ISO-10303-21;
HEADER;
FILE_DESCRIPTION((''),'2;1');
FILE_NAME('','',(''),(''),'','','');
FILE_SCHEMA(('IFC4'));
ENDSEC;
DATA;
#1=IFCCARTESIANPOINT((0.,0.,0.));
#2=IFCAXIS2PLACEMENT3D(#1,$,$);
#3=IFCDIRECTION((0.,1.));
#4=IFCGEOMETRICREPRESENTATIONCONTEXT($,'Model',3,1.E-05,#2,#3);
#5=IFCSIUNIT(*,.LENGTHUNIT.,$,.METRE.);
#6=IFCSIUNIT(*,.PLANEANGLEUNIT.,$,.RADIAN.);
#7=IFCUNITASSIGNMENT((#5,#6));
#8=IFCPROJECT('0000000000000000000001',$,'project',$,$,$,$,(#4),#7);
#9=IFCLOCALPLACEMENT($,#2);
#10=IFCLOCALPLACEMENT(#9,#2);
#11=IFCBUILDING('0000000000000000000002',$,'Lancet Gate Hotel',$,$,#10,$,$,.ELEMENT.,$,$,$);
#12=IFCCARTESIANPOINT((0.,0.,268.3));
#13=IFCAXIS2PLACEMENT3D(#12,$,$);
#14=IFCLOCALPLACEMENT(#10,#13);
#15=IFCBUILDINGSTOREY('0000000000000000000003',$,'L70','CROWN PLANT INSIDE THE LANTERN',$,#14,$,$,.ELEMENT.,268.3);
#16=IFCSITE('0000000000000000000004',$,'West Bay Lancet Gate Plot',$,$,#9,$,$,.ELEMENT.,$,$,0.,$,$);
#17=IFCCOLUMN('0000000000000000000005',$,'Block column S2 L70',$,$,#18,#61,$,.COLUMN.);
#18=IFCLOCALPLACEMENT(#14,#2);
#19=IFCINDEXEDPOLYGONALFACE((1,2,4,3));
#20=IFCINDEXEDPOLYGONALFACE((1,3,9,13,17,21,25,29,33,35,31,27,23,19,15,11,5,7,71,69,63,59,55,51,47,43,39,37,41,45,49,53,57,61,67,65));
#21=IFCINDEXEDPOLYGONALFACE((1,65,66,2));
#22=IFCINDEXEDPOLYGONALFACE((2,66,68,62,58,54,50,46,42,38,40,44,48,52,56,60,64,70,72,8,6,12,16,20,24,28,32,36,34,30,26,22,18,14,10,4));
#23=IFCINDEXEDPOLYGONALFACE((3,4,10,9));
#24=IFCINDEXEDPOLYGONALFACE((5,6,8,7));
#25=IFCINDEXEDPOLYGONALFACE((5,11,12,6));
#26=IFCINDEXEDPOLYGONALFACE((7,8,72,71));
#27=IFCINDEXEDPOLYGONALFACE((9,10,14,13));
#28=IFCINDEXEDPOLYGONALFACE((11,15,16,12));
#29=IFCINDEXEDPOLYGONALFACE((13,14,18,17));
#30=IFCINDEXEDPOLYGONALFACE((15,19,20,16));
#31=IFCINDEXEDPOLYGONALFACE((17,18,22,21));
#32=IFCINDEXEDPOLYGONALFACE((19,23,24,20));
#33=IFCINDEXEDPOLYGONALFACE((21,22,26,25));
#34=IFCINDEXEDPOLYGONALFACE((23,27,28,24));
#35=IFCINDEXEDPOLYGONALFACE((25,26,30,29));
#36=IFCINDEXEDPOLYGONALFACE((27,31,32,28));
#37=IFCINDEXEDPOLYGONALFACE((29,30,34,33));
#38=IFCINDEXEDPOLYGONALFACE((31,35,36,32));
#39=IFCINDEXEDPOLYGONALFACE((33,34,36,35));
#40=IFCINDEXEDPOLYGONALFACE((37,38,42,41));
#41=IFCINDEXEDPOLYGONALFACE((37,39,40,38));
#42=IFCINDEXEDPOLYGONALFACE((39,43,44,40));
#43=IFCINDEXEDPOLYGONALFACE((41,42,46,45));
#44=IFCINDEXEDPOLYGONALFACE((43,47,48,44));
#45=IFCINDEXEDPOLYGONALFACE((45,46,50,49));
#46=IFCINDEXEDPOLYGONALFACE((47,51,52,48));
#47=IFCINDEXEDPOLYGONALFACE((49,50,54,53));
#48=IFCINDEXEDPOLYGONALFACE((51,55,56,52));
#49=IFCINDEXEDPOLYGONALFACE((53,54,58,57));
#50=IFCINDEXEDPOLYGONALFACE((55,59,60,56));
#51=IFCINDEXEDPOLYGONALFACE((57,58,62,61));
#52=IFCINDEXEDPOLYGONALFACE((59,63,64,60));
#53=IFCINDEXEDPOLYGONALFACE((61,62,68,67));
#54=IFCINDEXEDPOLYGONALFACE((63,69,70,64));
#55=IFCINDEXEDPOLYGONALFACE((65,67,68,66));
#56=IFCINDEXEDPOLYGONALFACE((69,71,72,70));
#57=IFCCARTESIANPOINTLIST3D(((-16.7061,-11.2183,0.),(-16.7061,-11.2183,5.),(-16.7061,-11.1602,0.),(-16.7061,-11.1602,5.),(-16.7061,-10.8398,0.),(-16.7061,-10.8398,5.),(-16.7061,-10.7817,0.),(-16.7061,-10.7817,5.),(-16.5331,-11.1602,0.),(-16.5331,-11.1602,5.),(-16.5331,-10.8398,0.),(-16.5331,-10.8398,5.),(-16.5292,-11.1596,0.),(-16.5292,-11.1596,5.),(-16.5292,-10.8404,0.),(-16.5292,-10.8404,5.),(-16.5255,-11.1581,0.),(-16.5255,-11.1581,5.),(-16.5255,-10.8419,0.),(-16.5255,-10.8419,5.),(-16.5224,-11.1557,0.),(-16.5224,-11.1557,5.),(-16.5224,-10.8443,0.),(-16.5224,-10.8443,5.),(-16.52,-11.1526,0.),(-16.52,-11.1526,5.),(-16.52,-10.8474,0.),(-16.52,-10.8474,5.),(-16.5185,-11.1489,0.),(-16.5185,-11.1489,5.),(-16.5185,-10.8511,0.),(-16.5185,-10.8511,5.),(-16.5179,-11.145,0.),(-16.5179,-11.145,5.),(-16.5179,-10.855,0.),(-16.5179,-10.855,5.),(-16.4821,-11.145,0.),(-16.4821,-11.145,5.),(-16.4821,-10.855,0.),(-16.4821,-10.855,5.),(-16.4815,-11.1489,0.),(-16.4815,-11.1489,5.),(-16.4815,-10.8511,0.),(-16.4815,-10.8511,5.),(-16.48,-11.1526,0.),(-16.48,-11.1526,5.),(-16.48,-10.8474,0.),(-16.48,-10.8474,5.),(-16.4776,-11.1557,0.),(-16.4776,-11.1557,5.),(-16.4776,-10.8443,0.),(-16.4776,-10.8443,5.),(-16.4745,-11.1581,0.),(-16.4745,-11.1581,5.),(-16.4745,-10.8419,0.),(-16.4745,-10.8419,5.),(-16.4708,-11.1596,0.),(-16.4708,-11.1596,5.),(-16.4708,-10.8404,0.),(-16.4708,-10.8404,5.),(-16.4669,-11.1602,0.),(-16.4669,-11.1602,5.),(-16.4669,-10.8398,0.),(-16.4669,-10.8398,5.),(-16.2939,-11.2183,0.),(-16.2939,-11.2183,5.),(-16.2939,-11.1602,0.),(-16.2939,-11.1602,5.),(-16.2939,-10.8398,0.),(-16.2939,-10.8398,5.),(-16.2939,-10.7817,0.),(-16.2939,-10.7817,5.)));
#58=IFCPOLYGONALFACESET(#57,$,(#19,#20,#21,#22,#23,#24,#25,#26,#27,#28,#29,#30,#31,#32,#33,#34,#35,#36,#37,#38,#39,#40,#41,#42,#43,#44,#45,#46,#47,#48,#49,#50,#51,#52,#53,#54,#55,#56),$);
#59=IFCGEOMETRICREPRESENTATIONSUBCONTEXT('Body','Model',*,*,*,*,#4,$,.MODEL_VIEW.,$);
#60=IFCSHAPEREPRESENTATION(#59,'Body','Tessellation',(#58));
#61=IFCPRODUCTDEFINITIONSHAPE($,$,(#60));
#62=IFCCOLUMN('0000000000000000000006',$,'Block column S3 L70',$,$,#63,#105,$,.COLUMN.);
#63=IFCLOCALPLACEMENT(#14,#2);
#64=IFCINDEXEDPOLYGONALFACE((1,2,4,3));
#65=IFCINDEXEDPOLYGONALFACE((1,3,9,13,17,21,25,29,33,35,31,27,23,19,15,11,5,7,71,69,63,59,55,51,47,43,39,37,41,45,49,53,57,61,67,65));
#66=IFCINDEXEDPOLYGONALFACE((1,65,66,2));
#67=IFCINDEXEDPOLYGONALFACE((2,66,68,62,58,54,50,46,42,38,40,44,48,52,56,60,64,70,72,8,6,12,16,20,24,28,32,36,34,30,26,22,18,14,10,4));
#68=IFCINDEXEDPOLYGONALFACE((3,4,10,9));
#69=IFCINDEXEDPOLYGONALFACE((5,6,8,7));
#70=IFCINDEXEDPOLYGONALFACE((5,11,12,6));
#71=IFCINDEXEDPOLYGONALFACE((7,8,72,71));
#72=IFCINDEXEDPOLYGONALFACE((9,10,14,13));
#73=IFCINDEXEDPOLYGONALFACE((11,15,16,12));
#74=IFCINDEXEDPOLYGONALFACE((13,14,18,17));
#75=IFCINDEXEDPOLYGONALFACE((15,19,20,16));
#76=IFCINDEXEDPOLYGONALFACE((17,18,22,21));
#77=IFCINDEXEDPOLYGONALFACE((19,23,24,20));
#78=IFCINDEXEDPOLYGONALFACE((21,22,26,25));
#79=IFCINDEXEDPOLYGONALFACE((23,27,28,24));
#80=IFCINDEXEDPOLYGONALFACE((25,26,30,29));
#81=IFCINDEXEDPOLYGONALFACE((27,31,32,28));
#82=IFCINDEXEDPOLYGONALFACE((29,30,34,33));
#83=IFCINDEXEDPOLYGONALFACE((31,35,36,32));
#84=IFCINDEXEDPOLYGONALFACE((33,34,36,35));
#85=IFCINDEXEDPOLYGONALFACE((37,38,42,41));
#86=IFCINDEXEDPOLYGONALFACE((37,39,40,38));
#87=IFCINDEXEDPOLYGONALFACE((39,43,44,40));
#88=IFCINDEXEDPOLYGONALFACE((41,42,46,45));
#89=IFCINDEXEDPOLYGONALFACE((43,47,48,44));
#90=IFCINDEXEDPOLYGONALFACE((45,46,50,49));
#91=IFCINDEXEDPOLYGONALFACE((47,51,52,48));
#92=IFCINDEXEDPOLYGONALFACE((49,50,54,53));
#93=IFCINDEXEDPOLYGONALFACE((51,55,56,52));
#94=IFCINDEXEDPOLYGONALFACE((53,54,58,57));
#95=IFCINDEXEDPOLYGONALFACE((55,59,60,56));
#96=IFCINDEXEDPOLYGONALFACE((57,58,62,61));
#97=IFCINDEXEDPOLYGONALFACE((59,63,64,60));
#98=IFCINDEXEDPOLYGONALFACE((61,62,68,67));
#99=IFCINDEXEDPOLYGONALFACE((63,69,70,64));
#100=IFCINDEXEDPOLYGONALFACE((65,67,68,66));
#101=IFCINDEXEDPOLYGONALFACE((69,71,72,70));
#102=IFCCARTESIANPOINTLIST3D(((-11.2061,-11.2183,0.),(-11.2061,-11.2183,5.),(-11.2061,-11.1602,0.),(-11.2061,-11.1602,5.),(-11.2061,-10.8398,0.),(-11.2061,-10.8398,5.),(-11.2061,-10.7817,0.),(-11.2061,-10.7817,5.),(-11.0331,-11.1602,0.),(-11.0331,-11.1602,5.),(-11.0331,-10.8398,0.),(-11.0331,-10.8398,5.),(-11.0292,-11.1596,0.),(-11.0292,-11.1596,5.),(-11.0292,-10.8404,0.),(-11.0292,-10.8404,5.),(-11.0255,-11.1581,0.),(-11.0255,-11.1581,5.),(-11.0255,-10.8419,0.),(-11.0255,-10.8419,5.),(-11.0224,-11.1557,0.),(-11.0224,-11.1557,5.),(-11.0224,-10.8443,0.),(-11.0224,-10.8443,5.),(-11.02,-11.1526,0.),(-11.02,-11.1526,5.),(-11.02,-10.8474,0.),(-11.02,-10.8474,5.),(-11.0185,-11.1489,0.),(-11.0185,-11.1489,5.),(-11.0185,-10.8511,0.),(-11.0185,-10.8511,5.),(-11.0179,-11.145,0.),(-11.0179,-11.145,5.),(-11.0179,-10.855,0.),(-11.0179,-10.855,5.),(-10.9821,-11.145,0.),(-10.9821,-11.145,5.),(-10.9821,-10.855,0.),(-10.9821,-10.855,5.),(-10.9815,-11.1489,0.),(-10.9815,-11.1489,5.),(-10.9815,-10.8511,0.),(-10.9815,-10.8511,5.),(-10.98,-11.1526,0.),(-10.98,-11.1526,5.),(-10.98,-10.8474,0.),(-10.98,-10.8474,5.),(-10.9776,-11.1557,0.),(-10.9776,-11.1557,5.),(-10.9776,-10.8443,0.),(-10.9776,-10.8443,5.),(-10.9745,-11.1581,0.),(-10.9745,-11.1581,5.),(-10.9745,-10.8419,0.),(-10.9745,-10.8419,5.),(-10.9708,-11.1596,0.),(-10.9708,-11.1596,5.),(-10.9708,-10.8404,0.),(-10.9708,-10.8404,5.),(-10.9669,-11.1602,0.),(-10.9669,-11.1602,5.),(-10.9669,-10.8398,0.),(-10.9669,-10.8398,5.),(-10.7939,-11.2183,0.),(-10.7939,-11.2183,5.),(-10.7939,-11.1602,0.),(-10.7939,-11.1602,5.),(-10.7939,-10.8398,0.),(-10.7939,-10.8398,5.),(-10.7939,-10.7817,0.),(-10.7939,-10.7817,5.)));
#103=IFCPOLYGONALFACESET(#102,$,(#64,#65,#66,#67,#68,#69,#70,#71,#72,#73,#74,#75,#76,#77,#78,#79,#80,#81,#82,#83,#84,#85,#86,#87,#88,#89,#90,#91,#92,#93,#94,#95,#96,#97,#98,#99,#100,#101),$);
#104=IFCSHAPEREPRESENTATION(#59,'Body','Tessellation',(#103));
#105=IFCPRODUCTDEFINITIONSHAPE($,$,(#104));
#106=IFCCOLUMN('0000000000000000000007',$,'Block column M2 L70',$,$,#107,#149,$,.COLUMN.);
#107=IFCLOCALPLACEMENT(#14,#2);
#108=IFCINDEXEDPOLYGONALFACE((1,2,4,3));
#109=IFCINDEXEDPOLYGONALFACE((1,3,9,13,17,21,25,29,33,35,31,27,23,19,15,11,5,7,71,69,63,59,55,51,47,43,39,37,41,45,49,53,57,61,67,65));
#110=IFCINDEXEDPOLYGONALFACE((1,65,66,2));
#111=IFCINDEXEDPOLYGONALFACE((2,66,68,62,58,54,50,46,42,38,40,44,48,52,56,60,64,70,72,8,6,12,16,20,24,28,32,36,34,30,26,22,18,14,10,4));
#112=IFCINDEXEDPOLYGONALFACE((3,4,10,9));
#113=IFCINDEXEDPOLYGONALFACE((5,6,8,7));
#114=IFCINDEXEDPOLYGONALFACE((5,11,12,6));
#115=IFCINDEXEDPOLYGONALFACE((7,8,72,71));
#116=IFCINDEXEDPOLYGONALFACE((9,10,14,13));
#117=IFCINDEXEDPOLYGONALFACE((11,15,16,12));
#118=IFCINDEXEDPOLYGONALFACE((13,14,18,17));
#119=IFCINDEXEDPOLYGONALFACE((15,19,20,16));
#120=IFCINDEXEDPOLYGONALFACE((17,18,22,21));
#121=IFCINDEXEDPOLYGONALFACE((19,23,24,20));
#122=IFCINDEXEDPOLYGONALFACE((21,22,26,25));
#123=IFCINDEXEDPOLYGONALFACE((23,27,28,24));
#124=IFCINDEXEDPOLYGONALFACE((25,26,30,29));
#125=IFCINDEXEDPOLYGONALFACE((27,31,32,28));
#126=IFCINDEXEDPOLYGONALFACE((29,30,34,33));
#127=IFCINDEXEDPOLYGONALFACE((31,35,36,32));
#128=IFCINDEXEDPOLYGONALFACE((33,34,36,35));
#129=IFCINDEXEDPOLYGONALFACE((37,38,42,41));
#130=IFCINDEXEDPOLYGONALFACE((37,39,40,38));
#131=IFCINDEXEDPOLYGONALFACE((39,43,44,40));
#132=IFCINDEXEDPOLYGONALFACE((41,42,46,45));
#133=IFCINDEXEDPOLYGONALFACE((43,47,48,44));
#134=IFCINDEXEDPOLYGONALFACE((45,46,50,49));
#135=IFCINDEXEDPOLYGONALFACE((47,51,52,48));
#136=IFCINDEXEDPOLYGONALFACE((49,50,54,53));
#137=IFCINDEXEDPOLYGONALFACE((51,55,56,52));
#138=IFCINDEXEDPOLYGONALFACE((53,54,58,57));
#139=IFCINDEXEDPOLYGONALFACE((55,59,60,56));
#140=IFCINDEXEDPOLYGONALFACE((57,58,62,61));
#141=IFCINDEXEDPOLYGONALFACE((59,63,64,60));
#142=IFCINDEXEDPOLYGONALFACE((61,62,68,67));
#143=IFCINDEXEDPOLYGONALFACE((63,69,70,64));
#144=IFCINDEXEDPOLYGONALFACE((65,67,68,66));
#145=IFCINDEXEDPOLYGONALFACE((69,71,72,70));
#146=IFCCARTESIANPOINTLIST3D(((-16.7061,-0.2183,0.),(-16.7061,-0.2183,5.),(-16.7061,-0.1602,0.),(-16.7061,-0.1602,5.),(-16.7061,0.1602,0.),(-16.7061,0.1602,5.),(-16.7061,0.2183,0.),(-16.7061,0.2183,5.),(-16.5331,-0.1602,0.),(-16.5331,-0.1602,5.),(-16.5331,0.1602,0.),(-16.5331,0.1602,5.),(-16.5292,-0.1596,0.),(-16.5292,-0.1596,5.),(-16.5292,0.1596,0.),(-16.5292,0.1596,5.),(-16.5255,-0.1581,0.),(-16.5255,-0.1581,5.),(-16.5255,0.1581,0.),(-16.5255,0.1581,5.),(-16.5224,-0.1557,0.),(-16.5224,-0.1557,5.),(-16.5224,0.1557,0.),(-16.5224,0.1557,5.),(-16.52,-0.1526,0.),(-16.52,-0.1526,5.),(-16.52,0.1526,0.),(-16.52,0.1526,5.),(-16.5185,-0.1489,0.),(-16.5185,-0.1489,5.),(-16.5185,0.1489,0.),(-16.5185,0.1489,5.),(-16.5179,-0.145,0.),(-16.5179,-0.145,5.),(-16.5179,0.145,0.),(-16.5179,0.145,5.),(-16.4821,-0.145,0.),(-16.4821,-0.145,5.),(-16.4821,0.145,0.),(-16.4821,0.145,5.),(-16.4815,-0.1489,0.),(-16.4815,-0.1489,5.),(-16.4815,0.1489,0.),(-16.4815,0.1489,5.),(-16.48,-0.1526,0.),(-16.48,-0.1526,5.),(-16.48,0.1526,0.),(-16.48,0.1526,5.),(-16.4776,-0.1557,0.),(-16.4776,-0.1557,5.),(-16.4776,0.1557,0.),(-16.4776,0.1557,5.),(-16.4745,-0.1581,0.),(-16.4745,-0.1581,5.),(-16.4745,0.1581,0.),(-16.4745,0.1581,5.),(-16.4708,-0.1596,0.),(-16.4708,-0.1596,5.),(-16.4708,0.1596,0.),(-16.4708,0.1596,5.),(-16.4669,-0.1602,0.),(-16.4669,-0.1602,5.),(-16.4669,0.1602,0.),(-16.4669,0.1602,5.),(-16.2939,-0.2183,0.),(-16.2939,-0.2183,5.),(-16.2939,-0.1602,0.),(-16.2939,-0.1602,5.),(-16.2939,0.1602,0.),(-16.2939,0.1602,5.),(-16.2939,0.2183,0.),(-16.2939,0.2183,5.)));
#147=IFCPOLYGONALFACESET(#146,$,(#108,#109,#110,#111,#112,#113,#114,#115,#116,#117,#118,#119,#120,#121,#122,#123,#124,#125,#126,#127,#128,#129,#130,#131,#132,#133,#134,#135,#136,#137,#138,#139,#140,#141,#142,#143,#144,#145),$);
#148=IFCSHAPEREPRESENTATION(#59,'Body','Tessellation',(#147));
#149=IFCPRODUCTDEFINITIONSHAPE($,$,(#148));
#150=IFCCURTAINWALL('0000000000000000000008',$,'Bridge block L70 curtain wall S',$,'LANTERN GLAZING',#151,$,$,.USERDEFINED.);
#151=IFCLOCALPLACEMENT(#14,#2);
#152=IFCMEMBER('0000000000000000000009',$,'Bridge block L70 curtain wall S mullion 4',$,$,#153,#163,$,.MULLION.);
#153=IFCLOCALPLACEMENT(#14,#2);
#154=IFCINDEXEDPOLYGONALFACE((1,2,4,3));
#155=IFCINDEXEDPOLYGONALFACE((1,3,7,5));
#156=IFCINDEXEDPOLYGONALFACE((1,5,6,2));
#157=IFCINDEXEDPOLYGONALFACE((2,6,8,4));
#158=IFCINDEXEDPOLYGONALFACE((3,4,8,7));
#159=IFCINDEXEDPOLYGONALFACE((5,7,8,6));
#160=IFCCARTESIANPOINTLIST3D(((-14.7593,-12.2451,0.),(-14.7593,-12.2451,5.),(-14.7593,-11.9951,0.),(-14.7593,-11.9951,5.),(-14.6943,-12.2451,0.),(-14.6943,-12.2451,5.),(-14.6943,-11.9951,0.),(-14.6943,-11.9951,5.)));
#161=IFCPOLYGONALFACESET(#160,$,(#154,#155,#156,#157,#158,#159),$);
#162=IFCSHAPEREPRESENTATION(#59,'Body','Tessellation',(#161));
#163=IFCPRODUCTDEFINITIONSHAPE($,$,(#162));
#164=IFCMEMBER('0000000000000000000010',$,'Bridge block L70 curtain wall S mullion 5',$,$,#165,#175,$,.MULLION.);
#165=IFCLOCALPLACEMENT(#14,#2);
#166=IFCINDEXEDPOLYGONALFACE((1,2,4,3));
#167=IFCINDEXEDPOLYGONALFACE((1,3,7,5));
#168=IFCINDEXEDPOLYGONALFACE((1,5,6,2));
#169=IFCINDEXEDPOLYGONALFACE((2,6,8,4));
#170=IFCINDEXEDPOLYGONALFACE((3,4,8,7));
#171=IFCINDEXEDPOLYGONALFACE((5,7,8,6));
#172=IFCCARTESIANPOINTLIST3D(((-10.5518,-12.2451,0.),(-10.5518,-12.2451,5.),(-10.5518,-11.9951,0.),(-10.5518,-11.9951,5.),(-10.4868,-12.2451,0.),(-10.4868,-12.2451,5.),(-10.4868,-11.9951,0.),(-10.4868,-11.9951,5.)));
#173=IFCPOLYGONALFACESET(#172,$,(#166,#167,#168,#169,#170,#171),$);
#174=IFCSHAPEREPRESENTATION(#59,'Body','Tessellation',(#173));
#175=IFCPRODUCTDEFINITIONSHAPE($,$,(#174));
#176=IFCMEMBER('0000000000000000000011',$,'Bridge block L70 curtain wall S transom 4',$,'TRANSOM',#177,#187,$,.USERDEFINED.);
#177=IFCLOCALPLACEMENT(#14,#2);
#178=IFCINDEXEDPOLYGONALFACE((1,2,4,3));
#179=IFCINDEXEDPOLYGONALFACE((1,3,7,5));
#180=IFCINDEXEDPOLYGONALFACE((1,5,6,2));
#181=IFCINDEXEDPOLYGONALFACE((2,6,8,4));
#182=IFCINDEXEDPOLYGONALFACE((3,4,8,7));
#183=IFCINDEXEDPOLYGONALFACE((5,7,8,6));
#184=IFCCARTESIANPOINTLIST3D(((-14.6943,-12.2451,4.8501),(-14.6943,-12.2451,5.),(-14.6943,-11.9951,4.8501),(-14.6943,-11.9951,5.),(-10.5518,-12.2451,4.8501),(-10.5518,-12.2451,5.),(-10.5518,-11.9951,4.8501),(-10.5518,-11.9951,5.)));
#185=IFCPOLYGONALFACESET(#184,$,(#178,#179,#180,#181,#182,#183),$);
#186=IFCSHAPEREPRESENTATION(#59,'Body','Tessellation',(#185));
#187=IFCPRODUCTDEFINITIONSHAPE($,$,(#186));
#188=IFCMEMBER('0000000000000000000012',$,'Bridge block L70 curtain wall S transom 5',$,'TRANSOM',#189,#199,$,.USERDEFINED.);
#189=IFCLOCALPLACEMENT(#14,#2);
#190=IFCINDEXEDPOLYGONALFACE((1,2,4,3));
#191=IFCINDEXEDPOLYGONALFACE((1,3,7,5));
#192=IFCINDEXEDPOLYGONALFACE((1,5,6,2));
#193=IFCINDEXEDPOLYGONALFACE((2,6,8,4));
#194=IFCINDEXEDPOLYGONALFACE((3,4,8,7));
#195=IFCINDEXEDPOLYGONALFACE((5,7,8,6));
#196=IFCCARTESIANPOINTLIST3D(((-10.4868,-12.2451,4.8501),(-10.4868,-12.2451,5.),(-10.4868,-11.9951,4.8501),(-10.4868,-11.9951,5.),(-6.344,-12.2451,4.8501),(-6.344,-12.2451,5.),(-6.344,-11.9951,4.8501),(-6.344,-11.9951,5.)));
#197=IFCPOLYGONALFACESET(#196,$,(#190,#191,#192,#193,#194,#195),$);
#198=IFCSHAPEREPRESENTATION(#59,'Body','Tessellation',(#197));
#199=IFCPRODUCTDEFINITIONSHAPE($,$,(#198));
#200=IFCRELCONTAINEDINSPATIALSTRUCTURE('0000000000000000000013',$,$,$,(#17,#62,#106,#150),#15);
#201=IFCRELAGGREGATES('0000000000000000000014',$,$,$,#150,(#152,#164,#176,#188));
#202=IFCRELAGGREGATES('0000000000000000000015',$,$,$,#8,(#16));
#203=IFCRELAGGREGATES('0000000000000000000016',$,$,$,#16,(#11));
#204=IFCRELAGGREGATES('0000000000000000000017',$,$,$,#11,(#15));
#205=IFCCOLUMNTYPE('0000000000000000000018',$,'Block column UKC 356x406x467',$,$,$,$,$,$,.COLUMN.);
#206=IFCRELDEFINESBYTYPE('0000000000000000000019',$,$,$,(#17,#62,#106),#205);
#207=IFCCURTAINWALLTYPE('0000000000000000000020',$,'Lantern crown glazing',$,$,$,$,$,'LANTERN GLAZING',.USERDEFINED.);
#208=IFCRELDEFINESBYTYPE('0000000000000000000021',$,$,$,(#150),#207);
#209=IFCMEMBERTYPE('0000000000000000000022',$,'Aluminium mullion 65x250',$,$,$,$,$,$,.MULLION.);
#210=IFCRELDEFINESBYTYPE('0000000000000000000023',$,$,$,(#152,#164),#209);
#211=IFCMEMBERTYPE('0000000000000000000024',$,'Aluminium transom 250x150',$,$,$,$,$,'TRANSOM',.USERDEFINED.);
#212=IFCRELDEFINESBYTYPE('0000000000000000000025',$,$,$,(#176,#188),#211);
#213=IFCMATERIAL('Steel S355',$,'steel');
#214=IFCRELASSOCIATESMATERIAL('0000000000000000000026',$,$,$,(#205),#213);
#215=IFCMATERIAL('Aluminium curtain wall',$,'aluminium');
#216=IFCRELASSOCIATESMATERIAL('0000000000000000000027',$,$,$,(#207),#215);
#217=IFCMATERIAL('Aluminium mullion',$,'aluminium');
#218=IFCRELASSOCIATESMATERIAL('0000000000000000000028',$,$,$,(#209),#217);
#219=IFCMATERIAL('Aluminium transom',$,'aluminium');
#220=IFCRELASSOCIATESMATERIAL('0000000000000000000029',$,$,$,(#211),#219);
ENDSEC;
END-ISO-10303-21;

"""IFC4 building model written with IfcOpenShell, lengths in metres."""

from ifc_helpers import new_model, si_unit, direction, frame, origin, origin_2d, place, context, subcontext, project, spatial, rectangle, i_section, extrude, material, material_profile, profile_set, type_object, element, aggregate, save


model = new_model("IFC4")

# Units and contexts
model_context = context("Model", 3, precision=1e-05, world=origin(), true_north=direction((0.0, 1.0)))
body_context = subcontext(model_context, "Body", "Model", "MODEL_VIEW")
ifc_project = project(units=[si_unit("LENGTHUNIT", "METRE"), si_unit("PLANEANGLEUNIT", "RADIAN")], contexts=[model_context])

# Site, building, storey
site_placement = place(None, origin())
site = spatial("IfcSite", under=ifc_project, at=site_placement, Name="West Bay Lancet Gate Plot", CompositionType="ELEMENT", RefElevation=0.0)
building_placement = place(site_placement, origin())
building = spatial("IfcBuilding", under=site, at=building_placement, Name="Lancet Gate Hotel", CompositionType="ELEMENT")
storey_placement = place(building_placement, frame((0.0, 0.0, 268.3)))
storey = spatial("IfcBuildingStorey", under=building, at=storey_placement, Name="L70", Description="CROWN PLANT INSIDE THE LANTERN", CompositionType="ELEMENT", Elevation=268.3)

# Columns
ifc_material_1 = material(Name="Steel S355", Category="steel")
ifc_material_profile_1 = material_profile(ifc_material_1, i_section(OverallWidth=0.4121, OverallDepth=0.4365, WebThickness=0.0359, FlangeThickness=0.0581, FilletRadius=0.0151, at=origin_2d()), Name="UKC 356x406x467")
ifc_profile_set_1 = profile_set([ifc_material_profile_1], Name="Steel S355")
column_type = type_object("IfcColumnType", Name="Block column UKC 356x406x467", PredefinedType="COLUMN", material=ifc_profile_set_1)
for number, where, z_axis, x_axis, name in (
    (1, (-16.5, -11.0, 0.0), (0.0, 0.0, 1.0), (1.0, 0.0, 0.0), "Block column S2 L70"),
    (2, (-11.0, -11.0, 0.0), (0.0, 0.0, 1.0), (1.0, 0.0, 0.0), "Block column S3 L70"),
    (3, (-16.5, 0.0, 0.0), (0.0, 0.0, 1.0), (1.0, 0.0, 0.0), "Block column M2 L70"),
):
    element("IfcColumn", number, at=place(storey_placement, frame(where, z_axis=z_axis, x_axis=x_axis)), inside=storey, type_object=column_type, Name=name, PredefinedType="COLUMN", context=body_context, shape_type="SweptSolid", body=[
        extrude(i_section(OverallWidth=0.4121, OverallDepth=0.4365, WebThickness=0.0359, FlangeThickness=0.0581, FilletRadius=0.0151, at=origin_2d()), origin(), (0.0, 0.0, 1.0), 5.0),
    ])

# Curtain wall, members
ifc_material_2 = material(Name="Aluminium curtain wall", Category="aluminium")
curtain_wall_type_1 = type_object("IfcCurtainWallType", Name="Lantern crown glazing", ElementType="LANTERN GLAZING", PredefinedType="USERDEFINED", material=ifc_material_2)
curtain_wall_1_placement = place(storey_placement, origin())
curtain_wall_1 = element("IfcCurtainWall", 4, at=curtain_wall_1_placement, inside=storey, type_object=curtain_wall_type_1, Name="Bridge block L70 curtain wall S", ObjectType="LANTERN GLAZING", PredefinedType="USERDEFINED")
ifc_material_3 = material(Name="Aluminium mullion", Category="aluminium")
ifc_material_profile_2 = material_profile(ifc_material_3, rectangle(XDim=0.0649, YDim=0.25, at=origin_2d()), Name="MULLION 65x250")
ifc_profile_set_2 = profile_set([ifc_material_profile_2], Name="Aluminium mullion")
member_type_1 = type_object("IfcMemberType", Name="Aluminium mullion 65x250", PredefinedType="MULLION", material=ifc_profile_set_2)
member_1_placement = place(storey_placement, frame((-14.7268, -12.1201, 0.0), z_axis=(0.0, 0.0, 1.0), x_axis=(1.0, 0.0, 0.0)))
member_1 = element("IfcMember", 5, at=member_1_placement, type_object=member_type_1, Name="Bridge block L70 curtain wall S mullion 4", PredefinedType="MULLION", context=body_context, shape_type="SweptSolid", body=[
    extrude(rectangle(XDim=0.0649, YDim=0.25, at=origin_2d()), origin(), (0.0, 0.0, 1.0), 5.0),
])
member_2_placement = place(storey_placement, frame((-10.5193, -12.1201, 0.0), z_axis=(0.0, 0.0, 1.0), x_axis=(1.0, 0.0, 0.0)))
member_2 = element("IfcMember", 6, at=member_2_placement, type_object=member_type_1, Name="Bridge block L70 curtain wall S mullion 5", PredefinedType="MULLION", context=body_context, shape_type="SweptSolid", body=[
    extrude(rectangle(XDim=0.0649, YDim=0.25, at=origin_2d()), origin(), (0.0, 0.0, 1.0), 5.0),
])
ifc_material_4 = material(Name="Aluminium transom", Category="aluminium")
ifc_material_profile_3 = material_profile(ifc_material_4, rectangle(XDim=0.25, YDim=0.1499, at=origin_2d()), Name="TRANSOM 250x150")
ifc_profile_set_3 = profile_set([ifc_material_profile_3], Name="Aluminium transom")
member_type_2 = type_object("IfcMemberType", Name="Aluminium transom 250x150", ElementType="TRANSOM", PredefinedType="USERDEFINED", material=ifc_profile_set_3)
member_3_placement = place(storey_placement, frame((-14.6943, -12.1201, 4.925), z_axis=(1.0, 0.0, 0.0), x_axis=(0.0, 1.0, 0.0)))
member_3 = element("IfcMember", 7, at=member_3_placement, type_object=member_type_2, Name="Bridge block L70 curtain wall S transom 4", ObjectType="TRANSOM", PredefinedType="USERDEFINED", context=body_context, shape_type="SweptSolid", body=[
    extrude(rectangle(XDim=0.25, YDim=0.1499, at=origin_2d()), origin(), (0.0, 0.0, 1.0), 4.1426),
])
member_4_placement = place(storey_placement, frame((-10.4868, -12.1201, 4.925), z_axis=(1.0, 0.0, 0.0), x_axis=(0.0, 1.0, 0.0)))
member_4 = element("IfcMember", 8, at=member_4_placement, type_object=member_type_2, Name="Bridge block L70 curtain wall S transom 5", ObjectType="TRANSOM", PredefinedType="USERDEFINED", context=body_context, shape_type="SweptSolid", body=[
    extrude(rectangle(XDim=0.25, YDim=0.1499, at=origin_2d()), origin(), (0.0, 0.0, 1.0), 4.1428),
])

aggregate(curtain_wall_1, [member_1, member_2, member_3, member_4])

save(model, "model.ifc")
